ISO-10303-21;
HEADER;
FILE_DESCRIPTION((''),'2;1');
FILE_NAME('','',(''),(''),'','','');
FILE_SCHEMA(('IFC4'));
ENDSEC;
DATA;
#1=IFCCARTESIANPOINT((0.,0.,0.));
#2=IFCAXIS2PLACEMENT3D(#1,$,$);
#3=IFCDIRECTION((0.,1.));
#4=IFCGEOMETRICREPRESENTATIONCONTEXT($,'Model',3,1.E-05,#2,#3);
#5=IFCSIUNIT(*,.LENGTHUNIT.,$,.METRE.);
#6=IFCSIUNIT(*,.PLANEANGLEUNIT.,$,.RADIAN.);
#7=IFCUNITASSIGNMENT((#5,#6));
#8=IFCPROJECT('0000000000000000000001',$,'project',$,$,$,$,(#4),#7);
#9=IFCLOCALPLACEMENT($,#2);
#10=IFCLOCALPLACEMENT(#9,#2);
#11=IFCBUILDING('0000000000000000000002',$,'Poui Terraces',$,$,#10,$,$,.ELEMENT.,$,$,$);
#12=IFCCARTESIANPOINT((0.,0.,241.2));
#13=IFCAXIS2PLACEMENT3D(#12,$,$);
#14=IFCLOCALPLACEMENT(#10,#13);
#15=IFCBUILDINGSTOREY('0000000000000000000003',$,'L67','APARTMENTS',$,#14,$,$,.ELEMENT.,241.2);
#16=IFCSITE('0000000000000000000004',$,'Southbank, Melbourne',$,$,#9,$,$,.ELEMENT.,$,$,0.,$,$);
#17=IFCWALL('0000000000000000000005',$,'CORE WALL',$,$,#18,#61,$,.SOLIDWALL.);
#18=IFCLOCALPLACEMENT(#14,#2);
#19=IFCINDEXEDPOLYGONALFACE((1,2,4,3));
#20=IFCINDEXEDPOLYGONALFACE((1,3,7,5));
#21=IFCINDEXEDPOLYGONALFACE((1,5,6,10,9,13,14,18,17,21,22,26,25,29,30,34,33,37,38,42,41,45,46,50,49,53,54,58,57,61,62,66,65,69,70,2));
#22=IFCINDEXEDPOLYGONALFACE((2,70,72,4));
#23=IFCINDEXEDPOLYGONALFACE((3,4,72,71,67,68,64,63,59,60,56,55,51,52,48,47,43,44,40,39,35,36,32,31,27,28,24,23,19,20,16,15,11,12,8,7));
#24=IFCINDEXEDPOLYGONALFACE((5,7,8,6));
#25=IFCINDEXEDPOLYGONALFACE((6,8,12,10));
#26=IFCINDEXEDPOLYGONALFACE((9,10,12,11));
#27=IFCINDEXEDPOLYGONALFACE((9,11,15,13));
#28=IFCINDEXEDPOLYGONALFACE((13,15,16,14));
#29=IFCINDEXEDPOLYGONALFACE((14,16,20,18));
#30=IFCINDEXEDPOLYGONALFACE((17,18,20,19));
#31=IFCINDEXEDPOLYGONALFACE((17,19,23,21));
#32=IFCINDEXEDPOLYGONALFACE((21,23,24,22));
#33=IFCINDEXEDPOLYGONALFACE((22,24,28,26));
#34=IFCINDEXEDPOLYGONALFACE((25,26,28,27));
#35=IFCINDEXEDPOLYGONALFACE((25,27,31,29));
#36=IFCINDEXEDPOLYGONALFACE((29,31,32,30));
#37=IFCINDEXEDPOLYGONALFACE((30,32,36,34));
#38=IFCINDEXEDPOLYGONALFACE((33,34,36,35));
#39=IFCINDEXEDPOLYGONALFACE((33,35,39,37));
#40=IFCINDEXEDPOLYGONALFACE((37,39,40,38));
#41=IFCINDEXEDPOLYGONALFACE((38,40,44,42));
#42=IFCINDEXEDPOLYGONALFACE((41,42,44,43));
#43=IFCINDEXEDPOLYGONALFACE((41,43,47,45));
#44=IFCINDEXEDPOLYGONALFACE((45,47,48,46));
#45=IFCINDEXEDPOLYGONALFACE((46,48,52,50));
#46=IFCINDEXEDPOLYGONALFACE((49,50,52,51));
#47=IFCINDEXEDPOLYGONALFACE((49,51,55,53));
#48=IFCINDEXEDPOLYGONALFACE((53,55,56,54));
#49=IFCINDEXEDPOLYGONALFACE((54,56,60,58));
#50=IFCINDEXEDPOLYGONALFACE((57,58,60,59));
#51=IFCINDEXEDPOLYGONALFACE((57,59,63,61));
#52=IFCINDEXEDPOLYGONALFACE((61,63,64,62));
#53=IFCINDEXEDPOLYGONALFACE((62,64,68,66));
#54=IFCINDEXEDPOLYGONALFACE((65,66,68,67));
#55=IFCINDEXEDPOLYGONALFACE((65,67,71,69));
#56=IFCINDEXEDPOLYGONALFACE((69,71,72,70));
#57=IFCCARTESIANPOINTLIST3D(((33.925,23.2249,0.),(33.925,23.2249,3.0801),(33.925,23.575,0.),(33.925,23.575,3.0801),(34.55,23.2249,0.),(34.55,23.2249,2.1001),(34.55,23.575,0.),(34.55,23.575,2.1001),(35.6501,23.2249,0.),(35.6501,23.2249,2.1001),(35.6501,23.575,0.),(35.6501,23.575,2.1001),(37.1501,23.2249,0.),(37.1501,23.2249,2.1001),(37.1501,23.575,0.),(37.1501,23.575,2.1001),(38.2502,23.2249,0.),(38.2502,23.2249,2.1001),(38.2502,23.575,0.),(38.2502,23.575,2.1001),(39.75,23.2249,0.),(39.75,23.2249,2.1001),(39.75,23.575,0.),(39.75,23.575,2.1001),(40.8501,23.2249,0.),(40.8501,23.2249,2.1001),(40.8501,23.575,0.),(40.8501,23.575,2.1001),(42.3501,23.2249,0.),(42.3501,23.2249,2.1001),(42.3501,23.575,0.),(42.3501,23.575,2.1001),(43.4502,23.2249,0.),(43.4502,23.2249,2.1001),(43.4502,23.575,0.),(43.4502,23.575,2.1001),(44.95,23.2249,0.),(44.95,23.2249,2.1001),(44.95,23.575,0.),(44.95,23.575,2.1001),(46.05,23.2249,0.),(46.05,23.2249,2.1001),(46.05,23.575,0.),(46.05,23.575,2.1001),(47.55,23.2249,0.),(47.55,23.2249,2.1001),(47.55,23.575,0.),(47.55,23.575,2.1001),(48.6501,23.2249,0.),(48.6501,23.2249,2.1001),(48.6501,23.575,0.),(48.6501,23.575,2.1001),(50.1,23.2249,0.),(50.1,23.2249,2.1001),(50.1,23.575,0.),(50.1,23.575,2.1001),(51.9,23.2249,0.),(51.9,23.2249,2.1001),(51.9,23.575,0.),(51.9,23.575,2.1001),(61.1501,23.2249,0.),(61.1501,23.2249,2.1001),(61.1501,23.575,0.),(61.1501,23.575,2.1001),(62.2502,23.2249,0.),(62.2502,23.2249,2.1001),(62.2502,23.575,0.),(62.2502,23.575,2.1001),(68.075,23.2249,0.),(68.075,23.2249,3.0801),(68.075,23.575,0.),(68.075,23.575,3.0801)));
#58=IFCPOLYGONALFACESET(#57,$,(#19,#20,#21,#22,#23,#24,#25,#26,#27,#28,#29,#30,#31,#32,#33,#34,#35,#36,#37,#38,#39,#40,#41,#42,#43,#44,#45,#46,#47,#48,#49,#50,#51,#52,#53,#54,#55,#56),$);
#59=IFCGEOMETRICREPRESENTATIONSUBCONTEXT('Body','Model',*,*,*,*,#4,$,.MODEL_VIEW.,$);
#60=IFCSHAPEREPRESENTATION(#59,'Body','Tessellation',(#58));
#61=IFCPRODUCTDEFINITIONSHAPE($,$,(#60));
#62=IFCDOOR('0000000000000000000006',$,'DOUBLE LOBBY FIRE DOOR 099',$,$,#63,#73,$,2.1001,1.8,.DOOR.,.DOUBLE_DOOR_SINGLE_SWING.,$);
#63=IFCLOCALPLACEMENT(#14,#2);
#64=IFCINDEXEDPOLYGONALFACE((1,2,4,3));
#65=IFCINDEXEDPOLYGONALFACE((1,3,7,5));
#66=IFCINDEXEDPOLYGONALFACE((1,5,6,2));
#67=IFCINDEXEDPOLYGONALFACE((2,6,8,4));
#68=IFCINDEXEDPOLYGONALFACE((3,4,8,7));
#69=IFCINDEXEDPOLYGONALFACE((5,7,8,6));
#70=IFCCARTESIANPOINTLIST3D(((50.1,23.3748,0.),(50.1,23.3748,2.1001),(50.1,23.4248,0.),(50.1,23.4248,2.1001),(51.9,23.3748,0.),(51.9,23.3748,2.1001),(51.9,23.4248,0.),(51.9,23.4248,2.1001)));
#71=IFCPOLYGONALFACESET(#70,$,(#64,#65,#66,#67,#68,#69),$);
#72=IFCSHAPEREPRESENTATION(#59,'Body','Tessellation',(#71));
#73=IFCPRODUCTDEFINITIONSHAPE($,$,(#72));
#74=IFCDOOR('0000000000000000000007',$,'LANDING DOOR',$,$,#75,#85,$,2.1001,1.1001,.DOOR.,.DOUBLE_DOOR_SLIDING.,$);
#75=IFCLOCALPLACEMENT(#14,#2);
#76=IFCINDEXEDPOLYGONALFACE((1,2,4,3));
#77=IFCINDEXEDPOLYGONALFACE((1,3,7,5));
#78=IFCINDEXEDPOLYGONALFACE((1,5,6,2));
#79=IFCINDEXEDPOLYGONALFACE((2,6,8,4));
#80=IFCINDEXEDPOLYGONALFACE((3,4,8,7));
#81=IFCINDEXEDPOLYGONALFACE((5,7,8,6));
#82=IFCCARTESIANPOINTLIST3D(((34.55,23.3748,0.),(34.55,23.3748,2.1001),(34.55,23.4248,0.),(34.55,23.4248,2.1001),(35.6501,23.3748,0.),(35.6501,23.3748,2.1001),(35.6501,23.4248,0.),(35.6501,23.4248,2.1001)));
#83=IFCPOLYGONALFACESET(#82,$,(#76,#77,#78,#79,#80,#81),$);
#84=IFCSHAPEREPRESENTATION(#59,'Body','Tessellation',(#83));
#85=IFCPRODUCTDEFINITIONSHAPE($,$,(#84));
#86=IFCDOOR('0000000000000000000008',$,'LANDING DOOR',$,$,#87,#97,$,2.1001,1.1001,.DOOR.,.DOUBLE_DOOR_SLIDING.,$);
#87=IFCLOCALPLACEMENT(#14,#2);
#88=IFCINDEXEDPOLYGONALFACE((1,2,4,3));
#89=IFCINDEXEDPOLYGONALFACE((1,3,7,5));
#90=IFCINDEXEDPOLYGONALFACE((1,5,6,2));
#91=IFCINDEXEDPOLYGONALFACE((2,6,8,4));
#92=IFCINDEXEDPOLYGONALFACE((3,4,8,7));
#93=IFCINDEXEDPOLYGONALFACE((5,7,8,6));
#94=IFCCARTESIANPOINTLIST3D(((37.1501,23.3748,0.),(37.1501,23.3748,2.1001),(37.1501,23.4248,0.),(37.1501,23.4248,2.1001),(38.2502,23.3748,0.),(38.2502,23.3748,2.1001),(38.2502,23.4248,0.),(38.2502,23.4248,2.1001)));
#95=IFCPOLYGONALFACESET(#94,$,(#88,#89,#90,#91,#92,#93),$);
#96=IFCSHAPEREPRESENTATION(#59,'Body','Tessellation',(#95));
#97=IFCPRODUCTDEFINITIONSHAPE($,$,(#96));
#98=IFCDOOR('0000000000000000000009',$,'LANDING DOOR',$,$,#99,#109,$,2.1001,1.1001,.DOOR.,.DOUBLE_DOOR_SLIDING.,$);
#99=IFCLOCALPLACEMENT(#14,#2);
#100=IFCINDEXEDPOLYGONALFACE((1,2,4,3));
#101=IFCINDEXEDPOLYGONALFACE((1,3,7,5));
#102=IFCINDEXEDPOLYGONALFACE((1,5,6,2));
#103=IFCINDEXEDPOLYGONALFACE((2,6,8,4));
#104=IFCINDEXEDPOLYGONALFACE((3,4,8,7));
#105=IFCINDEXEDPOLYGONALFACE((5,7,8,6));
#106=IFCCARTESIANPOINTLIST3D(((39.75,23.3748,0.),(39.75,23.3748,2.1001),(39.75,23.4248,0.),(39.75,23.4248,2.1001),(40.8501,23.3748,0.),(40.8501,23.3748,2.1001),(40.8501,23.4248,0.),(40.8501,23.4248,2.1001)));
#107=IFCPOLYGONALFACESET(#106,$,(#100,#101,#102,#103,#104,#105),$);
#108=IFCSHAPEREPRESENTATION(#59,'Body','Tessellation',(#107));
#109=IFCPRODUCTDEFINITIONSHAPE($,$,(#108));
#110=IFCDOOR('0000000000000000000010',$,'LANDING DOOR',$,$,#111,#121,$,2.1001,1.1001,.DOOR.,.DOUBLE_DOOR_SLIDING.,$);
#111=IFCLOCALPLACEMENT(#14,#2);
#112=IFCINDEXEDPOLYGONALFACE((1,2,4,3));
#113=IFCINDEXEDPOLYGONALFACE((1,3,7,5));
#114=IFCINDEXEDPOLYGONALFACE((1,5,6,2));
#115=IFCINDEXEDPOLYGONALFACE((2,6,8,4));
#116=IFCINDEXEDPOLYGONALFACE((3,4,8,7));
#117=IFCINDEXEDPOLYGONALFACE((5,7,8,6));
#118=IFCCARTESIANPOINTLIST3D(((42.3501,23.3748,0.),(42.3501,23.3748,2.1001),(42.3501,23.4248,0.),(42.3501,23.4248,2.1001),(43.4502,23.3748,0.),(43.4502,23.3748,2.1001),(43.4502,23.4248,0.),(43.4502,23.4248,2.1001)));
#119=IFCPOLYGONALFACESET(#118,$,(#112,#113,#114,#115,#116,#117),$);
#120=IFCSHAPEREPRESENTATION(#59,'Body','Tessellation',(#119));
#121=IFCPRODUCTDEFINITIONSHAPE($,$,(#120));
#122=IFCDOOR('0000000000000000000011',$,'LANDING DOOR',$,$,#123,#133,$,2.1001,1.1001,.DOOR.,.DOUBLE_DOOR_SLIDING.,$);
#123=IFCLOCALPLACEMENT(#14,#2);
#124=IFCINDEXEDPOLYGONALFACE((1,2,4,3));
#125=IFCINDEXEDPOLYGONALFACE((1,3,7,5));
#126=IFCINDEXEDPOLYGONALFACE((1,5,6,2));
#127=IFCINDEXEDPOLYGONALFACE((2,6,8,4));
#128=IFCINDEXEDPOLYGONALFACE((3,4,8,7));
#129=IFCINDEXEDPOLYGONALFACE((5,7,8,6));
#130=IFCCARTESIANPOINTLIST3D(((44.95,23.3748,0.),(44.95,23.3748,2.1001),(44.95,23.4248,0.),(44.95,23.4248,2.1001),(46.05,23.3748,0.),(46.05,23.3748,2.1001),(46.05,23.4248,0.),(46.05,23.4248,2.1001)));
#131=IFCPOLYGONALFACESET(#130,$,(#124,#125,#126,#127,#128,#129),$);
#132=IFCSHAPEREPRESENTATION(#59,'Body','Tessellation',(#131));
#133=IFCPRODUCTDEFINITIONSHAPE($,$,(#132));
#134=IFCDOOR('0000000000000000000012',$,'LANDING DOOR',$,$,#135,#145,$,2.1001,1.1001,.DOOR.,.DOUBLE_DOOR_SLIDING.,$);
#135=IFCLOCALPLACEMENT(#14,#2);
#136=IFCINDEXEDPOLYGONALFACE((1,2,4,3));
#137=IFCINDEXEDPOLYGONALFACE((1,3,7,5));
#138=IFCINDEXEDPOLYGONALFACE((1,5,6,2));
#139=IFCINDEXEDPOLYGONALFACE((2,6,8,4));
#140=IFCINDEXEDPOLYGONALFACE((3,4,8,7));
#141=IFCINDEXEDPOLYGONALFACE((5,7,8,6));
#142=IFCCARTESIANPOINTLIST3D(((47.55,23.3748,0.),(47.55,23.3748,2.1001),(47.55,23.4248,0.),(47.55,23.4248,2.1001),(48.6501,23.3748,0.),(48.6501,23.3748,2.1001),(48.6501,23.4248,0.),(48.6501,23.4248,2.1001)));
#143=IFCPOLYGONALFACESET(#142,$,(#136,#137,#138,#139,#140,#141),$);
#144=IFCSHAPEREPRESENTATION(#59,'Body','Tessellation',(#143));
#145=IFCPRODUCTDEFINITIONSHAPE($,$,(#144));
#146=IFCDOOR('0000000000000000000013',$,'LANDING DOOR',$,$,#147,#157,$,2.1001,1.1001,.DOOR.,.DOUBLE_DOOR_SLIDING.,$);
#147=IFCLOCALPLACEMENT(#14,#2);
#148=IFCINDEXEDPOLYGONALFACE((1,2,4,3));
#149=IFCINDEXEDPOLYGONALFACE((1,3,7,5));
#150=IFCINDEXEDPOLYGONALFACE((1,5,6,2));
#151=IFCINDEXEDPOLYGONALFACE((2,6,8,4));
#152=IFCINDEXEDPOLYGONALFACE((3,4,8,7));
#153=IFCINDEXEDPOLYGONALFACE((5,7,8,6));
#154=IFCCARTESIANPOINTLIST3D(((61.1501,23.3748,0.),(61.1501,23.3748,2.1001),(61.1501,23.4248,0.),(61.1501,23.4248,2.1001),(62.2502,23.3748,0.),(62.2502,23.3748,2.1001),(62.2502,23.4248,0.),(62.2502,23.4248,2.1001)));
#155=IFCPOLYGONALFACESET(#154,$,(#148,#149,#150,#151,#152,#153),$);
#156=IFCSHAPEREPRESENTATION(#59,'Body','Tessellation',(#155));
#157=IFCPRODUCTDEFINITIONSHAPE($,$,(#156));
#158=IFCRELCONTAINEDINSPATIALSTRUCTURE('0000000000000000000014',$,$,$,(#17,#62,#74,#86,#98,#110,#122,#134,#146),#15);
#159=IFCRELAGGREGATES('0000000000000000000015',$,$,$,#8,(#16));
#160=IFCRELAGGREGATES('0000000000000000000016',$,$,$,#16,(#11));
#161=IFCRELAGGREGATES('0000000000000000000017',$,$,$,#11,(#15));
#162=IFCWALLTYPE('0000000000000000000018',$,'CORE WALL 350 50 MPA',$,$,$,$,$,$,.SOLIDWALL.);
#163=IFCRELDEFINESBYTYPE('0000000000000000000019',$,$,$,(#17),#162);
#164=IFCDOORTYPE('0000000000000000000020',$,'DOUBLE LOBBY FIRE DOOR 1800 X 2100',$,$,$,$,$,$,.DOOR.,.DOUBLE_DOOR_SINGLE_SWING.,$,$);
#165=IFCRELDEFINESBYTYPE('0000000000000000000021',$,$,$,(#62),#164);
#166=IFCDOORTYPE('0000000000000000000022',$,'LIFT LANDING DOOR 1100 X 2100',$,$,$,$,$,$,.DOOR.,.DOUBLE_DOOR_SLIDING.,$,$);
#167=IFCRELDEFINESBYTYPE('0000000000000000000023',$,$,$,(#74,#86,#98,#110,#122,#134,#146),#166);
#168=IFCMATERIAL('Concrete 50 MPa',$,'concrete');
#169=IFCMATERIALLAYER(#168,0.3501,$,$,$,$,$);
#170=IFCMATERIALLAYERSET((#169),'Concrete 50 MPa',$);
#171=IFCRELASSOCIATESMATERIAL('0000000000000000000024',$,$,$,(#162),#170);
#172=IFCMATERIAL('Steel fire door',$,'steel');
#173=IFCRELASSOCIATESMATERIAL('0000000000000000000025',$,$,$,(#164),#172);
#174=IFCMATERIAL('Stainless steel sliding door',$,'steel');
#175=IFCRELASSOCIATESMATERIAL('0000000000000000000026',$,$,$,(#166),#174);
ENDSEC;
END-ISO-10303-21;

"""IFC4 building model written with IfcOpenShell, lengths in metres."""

from ifc_helpers import new_model, si_unit, direction, frame, frame_2d, origin, place, context, subcontext, project, spatial, rectangle, extrude, material, layer, layer_set, type_object, element, fill, save


model = new_model("IFC4")

# Units and contexts
model_context = context("Model", 3, precision=1e-05, world=origin(), true_north=direction((0.0, 1.0)))
body_context = subcontext(model_context, "Body", "Model", "MODEL_VIEW")
ifc_project = project(units=[si_unit("LENGTHUNIT", "METRE"), si_unit("PLANEANGLEUNIT", "RADIAN")], contexts=[model_context])

# Site, building, storey
site_placement = place(None, origin())
site = spatial("IfcSite", under=ifc_project, at=site_placement, Name="Southbank, Melbourne", CompositionType="ELEMENT", RefElevation=0.0)
building_placement = place(site_placement, origin())
building = spatial("IfcBuilding", under=site, at=building_placement, Name="Poui Terraces", CompositionType="ELEMENT")
storey_placement = place(building_placement, frame((0.0, 0.0, 241.2)))
storey = spatial("IfcBuildingStorey", under=building, at=storey_placement, Name="L67", Description="APARTMENTS", CompositionType="ELEMENT", Elevation=241.2)

# Shared definitions
ifc_material_1 = material(Name="Concrete 50 MPa", Category="concrete")

# Wall, openings, doors
ifc_layer_1 = layer(ifc_material_1, 0.3501)
ifc_layer_set_1 = layer_set([ifc_layer_1], Name="Concrete 50 MPa")
wall_type_1 = type_object("IfcWallType", Name="CORE WALL 350 50 MPA", PredefinedType="SOLIDWALL", material=ifc_layer_set_1)
wall_1_placement = place(storey_placement, frame((33.925, 23.3999, 0.0), z_axis=(0.0, 0.0, 1.0), x_axis=(1.0, 0.0, 0.0)))
wall_1 = element("IfcWall", 1, at=wall_1_placement, inside=storey, type_object=wall_type_1, Name="CORE WALL", PredefinedType="SOLIDWALL", context=body_context, shape_type="SweptSolid", body=[
    extrude(rectangle(XDim=34.1499, YDim=0.3501, at=frame_2d((17.075, 0.0))), origin(), (0.0, 0.0, 1.0), 3.0801),
])
opening_1_placement = place(wall_1_placement, frame((16.175, 0.0, 0.0)))
opening_1 = element("IfcOpeningElement", 2, at=opening_1_placement, cuts=wall_1, PredefinedType="OPENING", context=body_context, shape_type="SweptSolid", body=[
    extrude(rectangle(XDim=1.8, YDim=2.1001, at=frame_2d((0.8999, 1.05))), frame((0.0, 0.1851, 0.0), z_axis=(0.0, -1.0, 0.0), x_axis=(1.0, 0.0, 0.0)), (0.0, 0.0, 1.0), 0.3701),
])
opening_2_placement = place(wall_1_placement, frame((0.625, 0.0, 0.0)))
opening_2 = element("IfcOpeningElement", 3, at=opening_2_placement, cuts=wall_1, PredefinedType="OPENING", context=body_context, shape_type="SweptSolid", body=[
    extrude(rectangle(XDim=1.1001, YDim=2.1001, at=frame_2d((0.55, 1.05))), frame((0.0, 0.1851, 0.0), z_axis=(0.0, -1.0, 0.0), x_axis=(1.0, 0.0, 0.0)), (0.0, 0.0, 1.0), 0.3701),
])
opening_3_placement = place(wall_1_placement, frame((3.2251, 0.0, 0.0)))
opening_3 = element("IfcOpeningElement", 4, at=opening_3_placement, cuts=wall_1, PredefinedType="OPENING", context=body_context, shape_type="SweptSolid", body=[
    extrude(rectangle(XDim=1.1001, YDim=2.1001, at=frame_2d((0.55, 1.05))), frame((0.0, 0.1851, 0.0), z_axis=(0.0, -1.0, 0.0), x_axis=(1.0, 0.0, 0.0)), (0.0, 0.0, 1.0), 0.3701),
])
opening_4_placement = place(wall_1_placement, frame((5.825, 0.0, 0.0)))
opening_4 = element("IfcOpeningElement", 5, at=opening_4_placement, cuts=wall_1, PredefinedType="OPENING", context=body_context, shape_type="SweptSolid", body=[
    extrude(rectangle(XDim=1.1001, YDim=2.1001, at=frame_2d((0.55, 1.05))), frame((0.0, 0.1851, 0.0), z_axis=(0.0, -1.0, 0.0), x_axis=(1.0, 0.0, 0.0)), (0.0, 0.0, 1.0), 0.3701),
])
opening_5_placement = place(wall_1_placement, frame((8.425, 0.0, 0.0)))
opening_5 = element("IfcOpeningElement", 6, at=opening_5_placement, cuts=wall_1, PredefinedType="OPENING", context=body_context, shape_type="SweptSolid", body=[
    extrude(rectangle(XDim=1.1001, YDim=2.1001, at=frame_2d((0.55, 1.05))), frame((0.0, 0.1851, 0.0), z_axis=(0.0, -1.0, 0.0), x_axis=(1.0, 0.0, 0.0)), (0.0, 0.0, 1.0), 0.3701),
])
opening_6_placement = place(wall_1_placement, frame((11.0249, 0.0, 0.0)))
opening_6 = element("IfcOpeningElement", 7, at=opening_6_placement, cuts=wall_1, PredefinedType="OPENING", context=body_context, shape_type="SweptSolid", body=[
    extrude(rectangle(XDim=1.1001, YDim=2.1001, at=frame_2d((0.55, 1.05))), frame((0.0, 0.1851, 0.0), z_axis=(0.0, -1.0, 0.0), x_axis=(1.0, 0.0, 0.0)), (0.0, 0.0, 1.0), 0.3701),
])
opening_7_placement = place(wall_1_placement, frame((13.625, 0.0, 0.0)))
opening_7 = element("IfcOpeningElement", 8, at=opening_7_placement, cuts=wall_1, PredefinedType="OPENING", context=body_context, shape_type="SweptSolid", body=[
    extrude(rectangle(XDim=1.1001, YDim=2.1001, at=frame_2d((0.55, 1.05))), frame((0.0, 0.1851, 0.0), z_axis=(0.0, -1.0, 0.0), x_axis=(1.0, 0.0, 0.0)), (0.0, 0.0, 1.0), 0.3701),
])
opening_8_placement = place(wall_1_placement, frame((27.2251, 0.0, 0.0)))
opening_8 = element("IfcOpeningElement", 9, at=opening_8_placement, cuts=wall_1, PredefinedType="OPENING", context=body_context, shape_type="SweptSolid", body=[
    extrude(rectangle(XDim=1.1001, YDim=2.1001, at=frame_2d((0.55, 1.05))), frame((0.0, 0.1851, 0.0), z_axis=(0.0, -1.0, 0.0), x_axis=(1.0, 0.0, 0.0)), (0.0, 0.0, 1.0), 0.3701),
])
ifc_material_2 = material(Name="Steel fire door", Category="steel")
door_type_1 = type_object("IfcDoorType", Name="DOUBLE LOBBY FIRE DOOR 1800 X 2100", OperationType="DOUBLE_DOOR_SINGLE_SWING", PredefinedType="DOOR", material=ifc_material_2)
door_1_placement = place(opening_1_placement, origin())
door_1 = element("IfcDoor", 10, at=door_1_placement, inside=storey, type_object=door_type_1, Name="DOUBLE LOBBY FIRE DOOR 099", OperationType="DOUBLE_DOOR_SINGLE_SWING", OverallHeight=2.1001, OverallWidth=1.8, PredefinedType="DOOR", context=body_context, shape_type="SweptSolid", body=[
    extrude(rectangle(XDim=1.8, YDim=2.1001, at=frame_2d((0.8999, 1.05))), frame((0.0, 0.0249, 0.0), z_axis=(0.0, -1.0, 0.0), x_axis=(1.0, 0.0, 0.0)), (0.0, 0.0, 1.0), 0.05),
])
fill(opening_1, door_1)
ifc_material_3 = material(Name="Stainless steel sliding door", Category="steel")
door_type_2 = type_object("IfcDoorType", Name="LIFT LANDING DOOR 1100 X 2100", OperationType="DOUBLE_DOOR_SLIDING", PredefinedType="DOOR", material=ifc_material_3)
door_2_placement = place(opening_2_placement, origin())
door_2 = element("IfcDoor", 11, at=door_2_placement, inside=storey, type_object=door_type_2, Name="LANDING DOOR", OperationType="DOUBLE_DOOR_SLIDING", OverallHeight=2.1001, OverallWidth=1.1001, PredefinedType="DOOR", context=body_context, shape_type="SweptSolid", body=[
    extrude(rectangle(XDim=1.1001, YDim=2.1001, at=frame_2d((0.55, 1.05))), frame((0.0, 0.0249, 0.0), z_axis=(0.0, -1.0, 0.0), x_axis=(1.0, 0.0, 0.0)), (0.0, 0.0, 1.0), 0.05),
])
fill(opening_2, door_2)
door_3_placement = place(opening_3_placement, origin())
door_3 = element("IfcDoor", 12, at=door_3_placement, inside=storey, type_object=door_type_2, Name="LANDING DOOR", OperationType="DOUBLE_DOOR_SLIDING", OverallHeight=2.1001, OverallWidth=1.1001, PredefinedType="DOOR", context=body_context, shape_type="SweptSolid", body=[
    extrude(rectangle(XDim=1.1001, YDim=2.1001, at=frame_2d((0.55, 1.05))), frame((0.0, 0.0249, 0.0), z_axis=(0.0, -1.0, 0.0), x_axis=(1.0, 0.0, 0.0)), (0.0, 0.0, 1.0), 0.05),
])
fill(opening_3, door_3)
door_4_placement = place(opening_4_placement, origin())
door_4 = element("IfcDoor", 13, at=door_4_placement, inside=storey, type_object=door_type_2, Name="LANDING DOOR", OperationType="DOUBLE_DOOR_SLIDING", OverallHeight=2.1001, OverallWidth=1.1001, PredefinedType="DOOR", context=body_context, shape_type="SweptSolid", body=[
    extrude(rectangle(XDim=1.1001, YDim=2.1001, at=frame_2d((0.55, 1.05))), frame((0.0, 0.0249, 0.0), z_axis=(0.0, -1.0, 0.0), x_axis=(1.0, 0.0, 0.0)), (0.0, 0.0, 1.0), 0.05),
])
fill(opening_4, door_4)
door_5_placement = place(opening_5_placement, origin())
door_5 = element("IfcDoor", 14, at=door_5_placement, inside=storey, type_object=door_type_2, Name="LANDING DOOR", OperationType="DOUBLE_DOOR_SLIDING", OverallHeight=2.1001, OverallWidth=1.1001, PredefinedType="DOOR", context=body_context, shape_type="SweptSolid", body=[
    extrude(rectangle(XDim=1.1001, YDim=2.1001, at=frame_2d((0.55, 1.05))), frame((0.0, 0.0249, 0.0), z_axis=(0.0, -1.0, 0.0), x_axis=(1.0, 0.0, 0.0)), (0.0, 0.0, 1.0), 0.05),
])
fill(opening_5, door_5)
door_6_placement = place(opening_6_placement, origin())
door_6 = element("IfcDoor", 15, at=door_6_placement, inside=storey, type_object=door_type_2, Name="LANDING DOOR", OperationType="DOUBLE_DOOR_SLIDING", OverallHeight=2.1001, OverallWidth=1.1001, PredefinedType="DOOR", context=body_context, shape_type="SweptSolid", body=[
    extrude(rectangle(XDim=1.1001, YDim=2.1001, at=frame_2d((0.55, 1.05))), frame((0.0, 0.0249, 0.0), z_axis=(0.0, -1.0, 0.0), x_axis=(1.0, 0.0, 0.0)), (0.0, 0.0, 1.0), 0.05),
])
fill(opening_6, door_6)
door_7_placement = place(opening_7_placement, origin())
door_7 = element("IfcDoor", 16, at=door_7_placement, inside=storey, type_object=door_type_2, Name="LANDING DOOR", OperationType="DOUBLE_DOOR_SLIDING", OverallHeight=2.1001, OverallWidth=1.1001, PredefinedType="DOOR", context=body_context, shape_type="SweptSolid", body=[
    extrude(rectangle(XDim=1.1001, YDim=2.1001, at=frame_2d((0.55, 1.05))), frame((0.0, 0.0249, 0.0), z_axis=(0.0, -1.0, 0.0), x_axis=(1.0, 0.0, 0.0)), (0.0, 0.0, 1.0), 0.05),
])
fill(opening_7, door_7)
door_8_placement = place(opening_8_placement, origin())
door_8 = element("IfcDoor", 17, at=door_8_placement, inside=storey, type_object=door_type_2, Name="LANDING DOOR", OperationType="DOUBLE_DOOR_SLIDING", OverallHeight=2.1001, OverallWidth=1.1001, PredefinedType="DOOR", context=body_context, shape_type="SweptSolid", body=[
    extrude(rectangle(XDim=1.1001, YDim=2.1001, at=frame_2d((0.55, 1.05))), frame((0.0, 0.0249, 0.0), z_axis=(0.0, -1.0, 0.0), x_axis=(1.0, 0.0, 0.0)), (0.0, 0.0, 1.0), 0.05),
])
fill(opening_8, door_8)

save(model, "model.ifc")
